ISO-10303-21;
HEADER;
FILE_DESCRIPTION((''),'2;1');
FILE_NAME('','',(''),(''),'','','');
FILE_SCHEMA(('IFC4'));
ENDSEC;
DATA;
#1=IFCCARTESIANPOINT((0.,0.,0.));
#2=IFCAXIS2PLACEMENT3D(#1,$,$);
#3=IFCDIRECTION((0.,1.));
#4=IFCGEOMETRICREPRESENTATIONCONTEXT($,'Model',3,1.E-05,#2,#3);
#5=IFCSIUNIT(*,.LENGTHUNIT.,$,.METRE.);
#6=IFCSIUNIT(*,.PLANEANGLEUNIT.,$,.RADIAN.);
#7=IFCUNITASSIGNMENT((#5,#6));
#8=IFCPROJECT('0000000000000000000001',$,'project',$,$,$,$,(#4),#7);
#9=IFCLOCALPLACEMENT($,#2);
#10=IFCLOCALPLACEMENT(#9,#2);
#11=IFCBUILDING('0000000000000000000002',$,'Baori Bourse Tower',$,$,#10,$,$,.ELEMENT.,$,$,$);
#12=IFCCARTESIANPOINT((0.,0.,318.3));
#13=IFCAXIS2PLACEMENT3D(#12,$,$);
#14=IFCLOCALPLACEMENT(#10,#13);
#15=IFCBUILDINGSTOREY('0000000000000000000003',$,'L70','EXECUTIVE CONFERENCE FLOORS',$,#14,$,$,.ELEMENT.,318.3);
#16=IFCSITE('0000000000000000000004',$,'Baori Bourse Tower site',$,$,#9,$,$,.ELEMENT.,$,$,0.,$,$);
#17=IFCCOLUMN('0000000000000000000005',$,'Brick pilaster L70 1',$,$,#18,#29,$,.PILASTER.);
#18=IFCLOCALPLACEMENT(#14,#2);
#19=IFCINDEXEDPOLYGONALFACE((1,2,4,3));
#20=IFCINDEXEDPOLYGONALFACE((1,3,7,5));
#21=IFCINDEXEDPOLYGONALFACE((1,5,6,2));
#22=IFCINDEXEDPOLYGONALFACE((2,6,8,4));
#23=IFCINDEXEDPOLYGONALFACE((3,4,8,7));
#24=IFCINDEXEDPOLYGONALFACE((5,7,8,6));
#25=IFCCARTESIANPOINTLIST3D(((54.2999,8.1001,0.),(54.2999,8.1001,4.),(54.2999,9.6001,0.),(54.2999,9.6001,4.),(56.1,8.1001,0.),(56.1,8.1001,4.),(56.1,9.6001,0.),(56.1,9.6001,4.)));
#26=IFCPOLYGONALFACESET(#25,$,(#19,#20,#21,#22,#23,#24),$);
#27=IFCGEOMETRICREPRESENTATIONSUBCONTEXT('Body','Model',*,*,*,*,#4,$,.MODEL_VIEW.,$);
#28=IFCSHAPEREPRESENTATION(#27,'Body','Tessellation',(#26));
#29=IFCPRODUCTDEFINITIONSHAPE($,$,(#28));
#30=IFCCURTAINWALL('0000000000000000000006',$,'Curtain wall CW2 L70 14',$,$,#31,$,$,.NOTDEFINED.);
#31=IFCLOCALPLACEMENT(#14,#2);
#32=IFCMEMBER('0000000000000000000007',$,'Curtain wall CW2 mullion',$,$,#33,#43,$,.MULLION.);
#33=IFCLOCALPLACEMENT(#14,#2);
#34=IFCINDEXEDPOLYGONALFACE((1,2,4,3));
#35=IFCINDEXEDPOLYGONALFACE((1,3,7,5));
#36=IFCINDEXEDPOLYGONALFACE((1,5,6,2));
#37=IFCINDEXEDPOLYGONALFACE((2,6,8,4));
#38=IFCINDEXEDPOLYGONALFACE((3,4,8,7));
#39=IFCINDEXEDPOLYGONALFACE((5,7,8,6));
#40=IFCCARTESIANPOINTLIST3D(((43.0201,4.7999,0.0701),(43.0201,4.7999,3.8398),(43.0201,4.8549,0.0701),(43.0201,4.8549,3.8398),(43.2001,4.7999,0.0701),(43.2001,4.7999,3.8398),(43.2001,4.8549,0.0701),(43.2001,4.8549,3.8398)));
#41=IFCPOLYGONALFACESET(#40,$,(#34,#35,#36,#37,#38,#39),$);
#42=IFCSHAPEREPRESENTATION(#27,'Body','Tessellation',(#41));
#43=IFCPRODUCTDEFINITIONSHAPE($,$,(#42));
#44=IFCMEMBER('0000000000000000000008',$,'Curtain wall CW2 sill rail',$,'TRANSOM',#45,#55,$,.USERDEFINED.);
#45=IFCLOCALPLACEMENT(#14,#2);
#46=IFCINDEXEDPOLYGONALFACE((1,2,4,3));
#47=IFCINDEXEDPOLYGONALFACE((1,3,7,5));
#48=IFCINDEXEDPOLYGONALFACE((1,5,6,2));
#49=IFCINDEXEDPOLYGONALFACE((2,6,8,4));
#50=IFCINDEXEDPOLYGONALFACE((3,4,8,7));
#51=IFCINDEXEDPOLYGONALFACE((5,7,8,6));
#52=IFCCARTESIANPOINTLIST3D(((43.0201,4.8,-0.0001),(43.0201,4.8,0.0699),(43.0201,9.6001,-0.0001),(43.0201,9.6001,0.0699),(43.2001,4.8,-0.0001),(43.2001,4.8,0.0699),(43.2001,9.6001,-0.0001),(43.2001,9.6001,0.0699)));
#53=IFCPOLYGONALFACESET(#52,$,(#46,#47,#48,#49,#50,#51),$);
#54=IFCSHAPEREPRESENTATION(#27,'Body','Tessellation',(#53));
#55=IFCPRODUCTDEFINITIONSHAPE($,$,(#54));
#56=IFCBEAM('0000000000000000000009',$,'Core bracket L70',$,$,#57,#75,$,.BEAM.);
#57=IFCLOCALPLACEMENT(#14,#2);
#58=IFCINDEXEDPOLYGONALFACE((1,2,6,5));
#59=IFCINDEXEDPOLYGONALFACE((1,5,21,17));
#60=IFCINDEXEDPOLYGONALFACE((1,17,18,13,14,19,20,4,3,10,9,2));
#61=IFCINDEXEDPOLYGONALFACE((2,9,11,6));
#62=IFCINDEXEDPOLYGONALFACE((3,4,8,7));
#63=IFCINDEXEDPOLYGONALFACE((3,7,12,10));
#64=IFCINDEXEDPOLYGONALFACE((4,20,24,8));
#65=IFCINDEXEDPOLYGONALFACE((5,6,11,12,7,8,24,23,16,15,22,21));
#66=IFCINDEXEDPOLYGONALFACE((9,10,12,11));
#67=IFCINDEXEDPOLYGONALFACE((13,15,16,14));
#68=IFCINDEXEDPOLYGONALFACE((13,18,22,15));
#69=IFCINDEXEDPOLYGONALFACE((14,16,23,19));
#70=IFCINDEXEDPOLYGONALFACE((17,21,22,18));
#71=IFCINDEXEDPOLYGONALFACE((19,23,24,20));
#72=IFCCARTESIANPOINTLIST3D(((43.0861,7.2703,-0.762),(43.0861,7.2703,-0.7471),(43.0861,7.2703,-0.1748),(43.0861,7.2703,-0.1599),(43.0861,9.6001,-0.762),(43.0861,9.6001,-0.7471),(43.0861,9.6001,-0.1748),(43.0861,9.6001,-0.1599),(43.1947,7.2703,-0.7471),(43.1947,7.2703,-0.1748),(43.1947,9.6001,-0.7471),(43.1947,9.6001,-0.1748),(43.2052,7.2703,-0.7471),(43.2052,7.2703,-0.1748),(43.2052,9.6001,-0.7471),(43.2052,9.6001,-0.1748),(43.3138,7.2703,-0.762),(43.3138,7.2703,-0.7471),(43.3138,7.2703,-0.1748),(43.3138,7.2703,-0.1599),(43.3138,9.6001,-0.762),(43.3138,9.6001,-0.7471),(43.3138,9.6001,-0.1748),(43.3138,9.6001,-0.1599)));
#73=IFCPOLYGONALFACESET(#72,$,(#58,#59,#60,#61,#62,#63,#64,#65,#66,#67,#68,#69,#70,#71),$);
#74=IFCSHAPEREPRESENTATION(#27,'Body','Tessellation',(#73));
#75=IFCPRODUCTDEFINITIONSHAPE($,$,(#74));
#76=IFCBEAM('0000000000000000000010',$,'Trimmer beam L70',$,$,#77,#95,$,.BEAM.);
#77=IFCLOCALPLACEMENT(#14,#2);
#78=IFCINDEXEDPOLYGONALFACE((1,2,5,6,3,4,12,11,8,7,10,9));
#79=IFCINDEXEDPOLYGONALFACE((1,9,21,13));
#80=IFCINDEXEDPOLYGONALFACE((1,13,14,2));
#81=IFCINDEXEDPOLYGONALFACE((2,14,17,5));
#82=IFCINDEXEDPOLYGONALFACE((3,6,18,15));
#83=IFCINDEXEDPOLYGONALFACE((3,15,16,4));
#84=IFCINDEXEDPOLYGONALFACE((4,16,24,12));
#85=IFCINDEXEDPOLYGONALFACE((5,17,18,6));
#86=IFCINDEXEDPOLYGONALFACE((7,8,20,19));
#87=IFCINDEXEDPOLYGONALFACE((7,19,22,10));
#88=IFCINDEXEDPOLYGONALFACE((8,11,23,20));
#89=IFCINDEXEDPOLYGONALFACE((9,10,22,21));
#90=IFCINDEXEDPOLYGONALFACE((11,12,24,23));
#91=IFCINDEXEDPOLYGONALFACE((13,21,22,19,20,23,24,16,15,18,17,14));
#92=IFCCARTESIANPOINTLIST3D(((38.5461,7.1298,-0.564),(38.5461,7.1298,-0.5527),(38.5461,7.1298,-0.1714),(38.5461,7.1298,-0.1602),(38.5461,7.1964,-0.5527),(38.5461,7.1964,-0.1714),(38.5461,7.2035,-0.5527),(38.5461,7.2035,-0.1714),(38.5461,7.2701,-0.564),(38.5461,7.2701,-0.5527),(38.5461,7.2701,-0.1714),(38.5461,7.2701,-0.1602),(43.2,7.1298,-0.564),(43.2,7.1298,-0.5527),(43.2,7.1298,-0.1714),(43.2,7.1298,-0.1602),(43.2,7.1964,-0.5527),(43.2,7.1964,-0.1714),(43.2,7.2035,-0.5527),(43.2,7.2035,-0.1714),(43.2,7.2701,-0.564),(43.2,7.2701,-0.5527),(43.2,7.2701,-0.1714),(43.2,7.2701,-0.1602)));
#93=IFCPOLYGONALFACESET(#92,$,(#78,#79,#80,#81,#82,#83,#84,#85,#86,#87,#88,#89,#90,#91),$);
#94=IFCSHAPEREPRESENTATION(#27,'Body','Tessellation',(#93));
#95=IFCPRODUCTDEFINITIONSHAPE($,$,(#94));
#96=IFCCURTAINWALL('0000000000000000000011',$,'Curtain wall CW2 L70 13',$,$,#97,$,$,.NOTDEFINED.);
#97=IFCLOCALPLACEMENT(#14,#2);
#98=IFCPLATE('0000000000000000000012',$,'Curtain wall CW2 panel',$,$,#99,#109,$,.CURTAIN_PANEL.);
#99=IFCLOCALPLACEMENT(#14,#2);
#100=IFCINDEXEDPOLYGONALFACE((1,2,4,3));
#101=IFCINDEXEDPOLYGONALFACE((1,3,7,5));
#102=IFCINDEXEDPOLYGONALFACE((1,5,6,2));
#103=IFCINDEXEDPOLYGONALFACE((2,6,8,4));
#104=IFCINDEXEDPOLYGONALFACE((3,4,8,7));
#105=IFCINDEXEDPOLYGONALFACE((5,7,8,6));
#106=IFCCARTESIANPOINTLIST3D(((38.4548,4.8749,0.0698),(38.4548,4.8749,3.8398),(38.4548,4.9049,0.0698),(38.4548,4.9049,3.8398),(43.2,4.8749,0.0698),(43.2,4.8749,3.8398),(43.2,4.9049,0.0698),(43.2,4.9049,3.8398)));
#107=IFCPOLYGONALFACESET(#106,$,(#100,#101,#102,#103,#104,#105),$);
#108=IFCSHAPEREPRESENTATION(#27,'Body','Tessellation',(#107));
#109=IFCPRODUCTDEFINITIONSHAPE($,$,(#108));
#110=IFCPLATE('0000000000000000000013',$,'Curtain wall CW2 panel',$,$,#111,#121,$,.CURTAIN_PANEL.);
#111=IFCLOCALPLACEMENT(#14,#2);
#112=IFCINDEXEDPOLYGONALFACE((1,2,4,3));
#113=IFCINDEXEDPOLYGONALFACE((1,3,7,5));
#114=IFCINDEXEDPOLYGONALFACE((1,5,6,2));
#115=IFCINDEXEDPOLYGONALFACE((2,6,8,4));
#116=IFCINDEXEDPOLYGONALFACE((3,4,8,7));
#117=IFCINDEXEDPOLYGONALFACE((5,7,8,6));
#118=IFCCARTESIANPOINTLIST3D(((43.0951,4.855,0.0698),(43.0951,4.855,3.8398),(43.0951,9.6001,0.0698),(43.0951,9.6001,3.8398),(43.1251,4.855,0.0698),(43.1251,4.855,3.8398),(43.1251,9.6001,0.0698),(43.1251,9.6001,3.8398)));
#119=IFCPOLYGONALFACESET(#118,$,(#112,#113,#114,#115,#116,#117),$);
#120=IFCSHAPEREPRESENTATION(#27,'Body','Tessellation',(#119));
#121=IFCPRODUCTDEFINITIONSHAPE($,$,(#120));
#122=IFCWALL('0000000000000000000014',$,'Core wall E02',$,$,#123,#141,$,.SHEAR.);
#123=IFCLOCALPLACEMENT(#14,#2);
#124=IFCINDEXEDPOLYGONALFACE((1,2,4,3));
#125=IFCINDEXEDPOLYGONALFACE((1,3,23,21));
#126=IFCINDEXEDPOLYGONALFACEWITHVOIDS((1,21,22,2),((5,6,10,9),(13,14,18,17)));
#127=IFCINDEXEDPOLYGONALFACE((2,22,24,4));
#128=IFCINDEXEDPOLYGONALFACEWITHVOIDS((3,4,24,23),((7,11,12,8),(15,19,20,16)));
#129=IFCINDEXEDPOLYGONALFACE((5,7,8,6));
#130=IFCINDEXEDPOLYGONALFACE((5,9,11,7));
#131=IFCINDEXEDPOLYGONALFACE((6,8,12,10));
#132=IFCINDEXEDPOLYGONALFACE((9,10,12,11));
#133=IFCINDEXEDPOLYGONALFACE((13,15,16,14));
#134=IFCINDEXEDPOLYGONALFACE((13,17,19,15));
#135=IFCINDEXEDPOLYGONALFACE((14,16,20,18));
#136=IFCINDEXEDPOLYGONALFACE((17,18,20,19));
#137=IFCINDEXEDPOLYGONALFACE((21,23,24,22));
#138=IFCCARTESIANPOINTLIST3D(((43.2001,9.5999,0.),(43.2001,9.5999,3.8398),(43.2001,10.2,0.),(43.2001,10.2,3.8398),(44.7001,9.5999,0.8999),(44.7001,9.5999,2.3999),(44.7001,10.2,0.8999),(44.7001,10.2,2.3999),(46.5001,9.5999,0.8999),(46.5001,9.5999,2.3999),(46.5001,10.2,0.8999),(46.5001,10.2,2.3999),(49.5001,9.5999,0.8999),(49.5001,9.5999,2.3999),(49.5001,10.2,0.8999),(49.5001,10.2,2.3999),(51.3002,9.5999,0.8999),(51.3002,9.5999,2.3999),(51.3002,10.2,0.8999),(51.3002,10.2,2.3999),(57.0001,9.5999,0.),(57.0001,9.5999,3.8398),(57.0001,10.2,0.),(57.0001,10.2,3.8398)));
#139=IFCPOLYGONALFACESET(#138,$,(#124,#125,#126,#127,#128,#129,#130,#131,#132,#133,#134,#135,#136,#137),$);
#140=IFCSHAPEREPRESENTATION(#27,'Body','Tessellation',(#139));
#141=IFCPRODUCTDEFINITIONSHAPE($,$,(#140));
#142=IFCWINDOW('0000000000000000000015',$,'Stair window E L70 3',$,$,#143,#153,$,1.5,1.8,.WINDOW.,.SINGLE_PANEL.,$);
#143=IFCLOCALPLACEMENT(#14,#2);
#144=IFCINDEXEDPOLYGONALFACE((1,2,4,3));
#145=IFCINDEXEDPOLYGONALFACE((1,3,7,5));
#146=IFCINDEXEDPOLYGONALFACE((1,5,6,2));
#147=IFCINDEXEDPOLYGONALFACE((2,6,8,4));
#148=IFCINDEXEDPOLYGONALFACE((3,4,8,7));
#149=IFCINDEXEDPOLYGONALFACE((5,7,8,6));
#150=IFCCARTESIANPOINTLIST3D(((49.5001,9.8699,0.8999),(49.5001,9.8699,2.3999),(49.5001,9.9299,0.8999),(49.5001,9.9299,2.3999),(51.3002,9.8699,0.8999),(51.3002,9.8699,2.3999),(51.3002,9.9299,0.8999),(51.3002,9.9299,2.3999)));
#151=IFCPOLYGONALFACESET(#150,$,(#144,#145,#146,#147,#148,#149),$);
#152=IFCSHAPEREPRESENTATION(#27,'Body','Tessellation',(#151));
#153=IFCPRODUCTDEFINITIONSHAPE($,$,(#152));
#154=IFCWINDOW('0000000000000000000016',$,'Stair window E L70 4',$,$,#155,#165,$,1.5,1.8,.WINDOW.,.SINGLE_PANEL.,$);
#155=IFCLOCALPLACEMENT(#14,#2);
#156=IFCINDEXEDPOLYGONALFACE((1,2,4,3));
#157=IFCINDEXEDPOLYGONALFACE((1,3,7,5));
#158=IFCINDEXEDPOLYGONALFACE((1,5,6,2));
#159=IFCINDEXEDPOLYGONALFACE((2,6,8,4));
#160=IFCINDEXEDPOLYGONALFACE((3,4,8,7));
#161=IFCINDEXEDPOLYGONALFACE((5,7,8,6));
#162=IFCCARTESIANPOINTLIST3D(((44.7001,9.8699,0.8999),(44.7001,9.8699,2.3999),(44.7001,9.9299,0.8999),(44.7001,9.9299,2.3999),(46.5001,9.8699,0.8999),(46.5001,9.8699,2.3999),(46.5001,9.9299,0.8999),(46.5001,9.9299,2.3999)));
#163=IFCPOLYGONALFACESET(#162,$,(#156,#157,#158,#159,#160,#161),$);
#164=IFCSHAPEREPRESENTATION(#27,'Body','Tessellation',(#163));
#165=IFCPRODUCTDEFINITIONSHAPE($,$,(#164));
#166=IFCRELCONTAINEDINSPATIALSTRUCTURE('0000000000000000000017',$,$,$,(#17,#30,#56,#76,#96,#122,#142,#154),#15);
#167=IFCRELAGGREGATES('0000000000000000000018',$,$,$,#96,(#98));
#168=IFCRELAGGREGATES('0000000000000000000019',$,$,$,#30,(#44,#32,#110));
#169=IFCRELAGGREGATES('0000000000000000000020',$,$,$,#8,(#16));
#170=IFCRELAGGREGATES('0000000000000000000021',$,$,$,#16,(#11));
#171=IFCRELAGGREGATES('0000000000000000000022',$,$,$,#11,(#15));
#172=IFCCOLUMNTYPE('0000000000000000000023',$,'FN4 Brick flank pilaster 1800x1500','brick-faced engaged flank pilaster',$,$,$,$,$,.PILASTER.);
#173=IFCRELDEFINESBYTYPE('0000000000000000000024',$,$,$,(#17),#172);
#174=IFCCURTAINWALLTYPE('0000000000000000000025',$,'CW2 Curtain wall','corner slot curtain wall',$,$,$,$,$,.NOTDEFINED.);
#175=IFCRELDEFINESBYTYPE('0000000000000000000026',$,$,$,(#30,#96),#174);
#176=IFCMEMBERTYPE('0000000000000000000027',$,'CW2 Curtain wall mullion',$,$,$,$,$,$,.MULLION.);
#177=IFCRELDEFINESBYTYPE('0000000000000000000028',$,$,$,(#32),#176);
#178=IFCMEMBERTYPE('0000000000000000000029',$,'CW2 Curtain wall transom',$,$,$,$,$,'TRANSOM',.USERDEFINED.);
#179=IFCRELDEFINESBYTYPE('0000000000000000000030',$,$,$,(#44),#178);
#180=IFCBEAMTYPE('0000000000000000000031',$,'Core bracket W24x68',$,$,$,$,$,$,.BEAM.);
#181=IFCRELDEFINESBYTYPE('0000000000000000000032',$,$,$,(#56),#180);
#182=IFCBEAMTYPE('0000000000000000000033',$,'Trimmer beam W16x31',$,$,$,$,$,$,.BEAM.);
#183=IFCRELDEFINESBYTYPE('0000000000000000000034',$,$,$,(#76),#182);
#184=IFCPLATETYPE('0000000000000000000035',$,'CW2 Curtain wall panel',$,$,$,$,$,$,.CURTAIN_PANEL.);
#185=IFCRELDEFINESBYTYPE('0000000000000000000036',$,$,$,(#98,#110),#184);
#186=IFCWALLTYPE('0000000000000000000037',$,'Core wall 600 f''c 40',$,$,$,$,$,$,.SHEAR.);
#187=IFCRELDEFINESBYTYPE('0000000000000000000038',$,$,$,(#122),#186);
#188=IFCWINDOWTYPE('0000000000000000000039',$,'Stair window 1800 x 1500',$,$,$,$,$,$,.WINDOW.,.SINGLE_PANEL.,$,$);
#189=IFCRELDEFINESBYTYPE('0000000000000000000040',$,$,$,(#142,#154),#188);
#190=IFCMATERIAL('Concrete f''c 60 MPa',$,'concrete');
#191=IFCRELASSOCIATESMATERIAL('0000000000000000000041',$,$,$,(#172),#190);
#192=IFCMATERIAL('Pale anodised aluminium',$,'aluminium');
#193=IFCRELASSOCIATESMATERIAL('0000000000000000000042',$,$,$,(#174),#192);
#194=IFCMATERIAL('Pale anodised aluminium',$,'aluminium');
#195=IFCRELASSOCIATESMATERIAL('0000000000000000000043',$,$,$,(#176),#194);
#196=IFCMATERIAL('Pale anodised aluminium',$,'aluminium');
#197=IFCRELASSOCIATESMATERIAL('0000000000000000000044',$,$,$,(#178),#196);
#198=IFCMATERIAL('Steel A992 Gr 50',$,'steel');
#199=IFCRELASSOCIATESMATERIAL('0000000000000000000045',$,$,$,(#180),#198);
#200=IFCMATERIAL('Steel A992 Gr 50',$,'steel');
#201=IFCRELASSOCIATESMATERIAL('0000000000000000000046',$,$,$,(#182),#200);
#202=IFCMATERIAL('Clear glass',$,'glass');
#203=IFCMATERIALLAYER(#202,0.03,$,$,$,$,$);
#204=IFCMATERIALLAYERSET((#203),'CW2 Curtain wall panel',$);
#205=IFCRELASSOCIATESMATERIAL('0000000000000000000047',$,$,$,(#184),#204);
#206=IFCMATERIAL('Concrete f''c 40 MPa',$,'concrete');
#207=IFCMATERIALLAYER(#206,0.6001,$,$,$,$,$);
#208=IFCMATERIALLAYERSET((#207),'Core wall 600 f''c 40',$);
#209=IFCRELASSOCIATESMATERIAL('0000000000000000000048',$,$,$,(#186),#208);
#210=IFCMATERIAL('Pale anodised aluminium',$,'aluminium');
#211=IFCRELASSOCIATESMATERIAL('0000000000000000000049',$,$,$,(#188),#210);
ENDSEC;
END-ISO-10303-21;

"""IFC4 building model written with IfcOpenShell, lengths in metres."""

from ifc_helpers import new_model, si_unit, direction, frame, frame_2d, origin, origin_2d, place, context, subcontext, project, spatial, rectangle, i_section, extrude, material, layer, layer_set, material_profile, profile_set, type_object, element, fill, aggregate, save


model = new_model("IFC4")

# Units and contexts
model_context = context("Model", 3, precision=1e-05, world=origin(), true_north=direction((0.0, 1.0)))
body_context = subcontext(model_context, "Body", "Model", "MODEL_VIEW")
ifc_project = project(units=[si_unit("LENGTHUNIT", "METRE"), si_unit("PLANEANGLEUNIT", "RADIAN")], contexts=[model_context])

# Site, building, storey
site_placement = place(None, origin())
site = spatial("IfcSite", under=ifc_project, at=site_placement, Name="Baori Bourse Tower site", CompositionType="ELEMENT", RefElevation=0.0)
building_placement = place(site_placement, origin())
building = spatial("IfcBuilding", under=site, at=building_placement, Name="Baori Bourse Tower", CompositionType="ELEMENT")
storey_placement = place(building_placement, frame((0.0, 0.0, 318.3)))
storey = spatial("IfcBuildingStorey", under=building, at=storey_placement, Name="L70", Description="EXECUTIVE CONFERENCE FLOORS", CompositionType="ELEMENT", Elevation=318.3)

# Column
ifc_material_1 = material(Name="Concrete f'c 60 MPa", Category="concrete")
ifc_material_profile_1 = material_profile(ifc_material_1, rectangle(XDim=1.8, YDim=1.5, at=origin_2d()), Name="RC 1800x1500")
ifc_profile_set_1 = profile_set([ifc_material_profile_1], Name="Concrete f'c 60 MPa")
column_type = type_object("IfcColumnType", Name="FN4 Brick flank pilaster 1800x1500", Description="brick-faced engaged flank pilaster", PredefinedType="PILASTER", material=ifc_profile_set_1)
column_placement = place(storey_placement, frame((55.2, 8.8501, 0.0), z_axis=(0.0, 0.0, 1.0), x_axis=(1.0, 0.0, 0.0)))
element("IfcColumn", 1, at=column_placement, inside=storey, type_object=column_type, Name="Brick pilaster L70 1", PredefinedType="PILASTER", context=body_context, shape_type="SweptSolid", body=[
    extrude(rectangle(XDim=1.8, YDim=1.5, at=origin_2d()), origin(), (0.0, 0.0, 1.0), 4.0),
])

# Curtain wall, members
ifc_material_2 = material(Name="Pale anodised aluminium", Category="aluminium")
curtain_wall_type = type_object("IfcCurtainWallType", Name="CW2 Curtain wall", Description="corner slot curtain wall", PredefinedType="NOTDEFINED", material=ifc_material_2)
curtain_wall_1_placement = place(storey_placement, origin())
curtain_wall_1 = element("IfcCurtainWall", 2, at=curtain_wall_1_placement, inside=storey, type_object=curtain_wall_type, Name="Curtain wall CW2 L70 14", PredefinedType="NOTDEFINED")
ifc_material_3 = material(Name="Pale anodised aluminium", Category="aluminium")
ifc_material_profile_2 = material_profile(ifc_material_3, rectangle(XDim=0.1799, YDim=0.0549, at=origin_2d()), Name="Mullion 55x180")
ifc_profile_set_2 = profile_set([ifc_material_profile_2], Name="Pale anodised aluminium")
member_type_1 = type_object("IfcMemberType", Name="CW2 Curtain wall mullion", PredefinedType="MULLION", material=ifc_profile_set_2)
member_1_placement = place(storey_placement, frame((43.1101, 4.8274, 0.0701), z_axis=(0.0, 0.0, 1.0), x_axis=(-1.0, 0.0, 0.0)))
member_1 = element("IfcMember", 3, at=member_1_placement, type_object=member_type_1, Name="Curtain wall CW2 mullion", PredefinedType="MULLION", context=body_context, shape_type="SweptSolid", body=[
    extrude(rectangle(XDim=0.1799, YDim=0.0549, at=origin_2d()), origin(), (0.0, 0.0, 1.0), 3.7698),
])
ifc_material_4 = material(Name="Pale anodised aluminium", Category="aluminium")
ifc_material_profile_3 = material_profile(ifc_material_4, rectangle(XDim=0.1799, YDim=0.0701, at=origin_2d()), Name="Transom 70x180")
ifc_profile_set_3 = profile_set([ifc_material_profile_3], Name="Pale anodised aluminium")
member_type_2 = type_object("IfcMemberType", Name="CW2 Curtain wall transom", ElementType="TRANSOM", PredefinedType="USERDEFINED", material=ifc_profile_set_3)
member_2_placement = place(storey_placement, frame((43.1101, 4.8, 0.0349), z_axis=(0.0, 1.0, 0.0), x_axis=(-1.0, 0.0, 0.0)))
member_2 = element("IfcMember", 4, at=member_2_placement, type_object=member_type_2, Name="Curtain wall CW2 sill rail", ObjectType="TRANSOM", PredefinedType="USERDEFINED", context=body_context, shape_type="SweptSolid", body=[
    extrude(rectangle(XDim=0.1799, YDim=0.0701, at=origin_2d()), origin(), (0.0, 0.0, 1.0), 4.8),
])

# Beams
ifc_material_5 = material(Name="Steel A992 Gr 50", Category="steel")
ifc_material_profile_4 = material_profile(ifc_material_5, i_section(OverallWidth=0.2278, OverallDepth=0.6021, WebThickness=0.0105, FlangeThickness=0.0149, at=origin_2d()), Name="W24x68")
ifc_profile_set_4 = profile_set([ifc_material_profile_4], Name="Steel A992 Gr 50")
beam_type_1 = type_object("IfcBeamType", Name="Core bracket W24x68", PredefinedType="BEAM", material=ifc_profile_set_4)
beam_1_placement = place(storey_placement, frame((43.2, 7.2703, -0.4609), z_axis=(0.0, 1.0, 0.0), x_axis=(-1.0, 0.0, 0.0)))
element("IfcBeam", 5, at=beam_1_placement, inside=storey, type_object=beam_type_1, Name="Core bracket L70", PredefinedType="BEAM", context=body_context, shape_type="SweptSolid", body=[
    extrude(i_section(OverallWidth=0.2278, OverallDepth=0.6021, WebThickness=0.0105, FlangeThickness=0.0149, at=origin_2d()), origin(), (0.0, 0.0, 1.0), 2.3298),
])
ifc_material_6 = material(Name="Steel A992 Gr 50", Category="steel")
ifc_material_profile_5 = material_profile(ifc_material_6, i_section(OverallWidth=0.1404, OverallDepth=0.4038, WebThickness=0.0071, FlangeThickness=0.0112, at=origin_2d()), Name="W16x31")
ifc_profile_set_5 = profile_set([ifc_material_profile_5], Name="Steel A992 Gr 50")
beam_type_2 = type_object("IfcBeamType", Name="Trimmer beam W16x31", PredefinedType="BEAM", material=ifc_profile_set_5)
beam_2_placement = place(storey_placement, frame((38.5461, 7.2, -0.3621), z_axis=(1.0, 0.0, 0.0), x_axis=(0.0, 1.0, 0.0)))
element("IfcBeam", 6, at=beam_2_placement, inside=storey, type_object=beam_type_2, Name="Trimmer beam L70", PredefinedType="BEAM", context=body_context, shape_type="SweptSolid", body=[
    extrude(i_section(OverallWidth=0.1404, OverallDepth=0.4038, WebThickness=0.0071, FlangeThickness=0.0112, at=origin_2d()), origin(), (0.0, 0.0, 1.0), 4.6538),
])

# Curtain wall, plate
curtain_wall_2_placement = place(storey_placement, origin())
curtain_wall_2 = element("IfcCurtainWall", 7, at=curtain_wall_2_placement, inside=storey, type_object=curtain_wall_type, Name="Curtain wall CW2 L70 13", PredefinedType="NOTDEFINED")
ifc_material_7 = material(Name="Clear glass", Category="glass")
ifc_layer_1 = layer(ifc_material_7, 0.03)
ifc_layer_set_1 = layer_set([ifc_layer_1], Name="CW2 Curtain wall panel")
plate_type = type_object("IfcPlateType", Name="CW2 Curtain wall panel", PredefinedType="CURTAIN_PANEL", material=ifc_layer_set_1)
plate_1_placement = place(storey_placement, frame((40.8274, 4.8899, 0.0698), z_axis=(0.0, 0.0, 1.0), x_axis=(1.0, 0.0, 0.0)))
plate_1 = element("IfcPlate", 8, at=plate_1_placement, type_object=plate_type, Name="Curtain wall CW2 panel", PredefinedType="CURTAIN_PANEL", context=body_context, shape_type="SweptSolid", body=[
    extrude(rectangle(XDim=4.7451, YDim=0.03, at=origin_2d()), origin(), (0.0, 0.0, 1.0), 3.77),
])
aggregate(curtain_wall_2, [plate_1])

# Plate
plate_2_placement = place(storey_placement, frame((43.1101, 7.2275, 0.0698), z_axis=(0.0, 0.0, 1.0), x_axis=(0.0, 1.0, 0.0)))
plate_2 = element("IfcPlate", 9, at=plate_2_placement, type_object=plate_type, Name="Curtain wall CW2 panel", PredefinedType="CURTAIN_PANEL", context=body_context, shape_type="SweptSolid", body=[
    extrude(rectangle(XDim=4.7451, YDim=0.03, at=origin_2d()), origin(), (0.0, 0.0, 1.0), 3.77),
])
aggregate(curtain_wall_1, [member_2, member_1, plate_2])

# Wall, openings, windows
ifc_material_8 = material(Name="Concrete f'c 40 MPa", Category="concrete")
ifc_layer_2 = layer(ifc_material_8, 0.6001)
ifc_layer_set_2 = layer_set([ifc_layer_2], Name="Core wall 600 f'c 40")
wall_type_1 = type_object("IfcWallType", Name="Core wall 600 f'c 40", PredefinedType="SHEAR", material=ifc_layer_set_2)
wall_1_placement = place(storey_placement, frame((57.0, 9.8999, 0.0), z_axis=(0.0, 0.0, 1.0), x_axis=(-1.0, 0.0, 0.0)))
wall_1 = element("IfcWall", 10, at=wall_1_placement, inside=storey, type_object=wall_type_1, Name="Core wall E02", PredefinedType="SHEAR", context=body_context, shape_type="SweptSolid", body=[
    extrude(rectangle(XDim=13.8, YDim=0.6001, at=frame_2d((6.8999, 0.0))), origin(), (0.0, 0.0, 1.0), 3.8398),
])
opening_1_placement = place(wall_1_placement, frame((5.7, 0.0, 0.8999)))
opening_1 = element("IfcOpeningElement", 11, at=opening_1_placement, cuts=wall_1, PredefinedType="OPENING", context=body_context, shape_type="SweptSolid", body=[
    extrude(rectangle(XDim=1.8, YDim=1.5, at=frame_2d((0.8999, 0.75))), frame((0.0, 0.3101, 0.0), z_axis=(0.0, -1.0, 0.0), x_axis=(1.0, 0.0, 0.0)), (0.0, 0.0, 1.0), 0.6201),
])
opening_2_placement = place(wall_1_placement, frame((10.5, 0.0, 0.8999)))
opening_2 = element("IfcOpeningElement", 12, at=opening_2_placement, cuts=wall_1, PredefinedType="OPENING", context=body_context, shape_type="SweptSolid", body=[
    extrude(rectangle(XDim=1.8, YDim=1.5, at=frame_2d((0.8999, 0.75))), frame((0.0, 0.3101, 0.0), z_axis=(0.0, -1.0, 0.0), x_axis=(1.0, 0.0, 0.0)), (0.0, 0.0, 1.0), 0.6201),
])
ifc_material_9 = material(Name="Pale anodised aluminium", Category="aluminium")
window_type = type_object("IfcWindowType", Name="Stair window 1800 x 1500", PartitioningType="SINGLE_PANEL", PredefinedType="WINDOW", material=ifc_material_9)
window_1_placement = place(opening_1_placement, origin())
window_1 = element("IfcWindow", 13, at=window_1_placement, inside=storey, type_object=window_type, Name="Stair window E L70 3", OverallHeight=1.5, OverallWidth=1.8, PartitioningType="SINGLE_PANEL", PredefinedType="WINDOW", context=body_context, shape_type="SweptSolid", body=[
    extrude(rectangle(XDim=1.8, YDim=1.5, at=frame_2d((0.8999, 0.75))), frame((0.0, 0.03, 0.0), z_axis=(0.0, -1.0, 0.0), x_axis=(1.0, 0.0, 0.0)), (0.0, 0.0, 1.0), 0.0601),
])
fill(opening_1, window_1)
window_2_placement = place(opening_2_placement, origin())
window_2 = element("IfcWindow", 14, at=window_2_placement, inside=storey, type_object=window_type, Name="Stair window E L70 4", OverallHeight=1.5, OverallWidth=1.8, PartitioningType="SINGLE_PANEL", PredefinedType="WINDOW", context=body_context, shape_type="SweptSolid", body=[
    extrude(rectangle(XDim=1.8, YDim=1.5, at=frame_2d((0.8999, 0.75))), frame((0.0, 0.03, 0.0), z_axis=(0.0, -1.0, 0.0), x_axis=(1.0, 0.0, 0.0)), (0.0, 0.0, 1.0), 0.0601),
])
fill(opening_2, window_2)

save(model, "model.ifc")
